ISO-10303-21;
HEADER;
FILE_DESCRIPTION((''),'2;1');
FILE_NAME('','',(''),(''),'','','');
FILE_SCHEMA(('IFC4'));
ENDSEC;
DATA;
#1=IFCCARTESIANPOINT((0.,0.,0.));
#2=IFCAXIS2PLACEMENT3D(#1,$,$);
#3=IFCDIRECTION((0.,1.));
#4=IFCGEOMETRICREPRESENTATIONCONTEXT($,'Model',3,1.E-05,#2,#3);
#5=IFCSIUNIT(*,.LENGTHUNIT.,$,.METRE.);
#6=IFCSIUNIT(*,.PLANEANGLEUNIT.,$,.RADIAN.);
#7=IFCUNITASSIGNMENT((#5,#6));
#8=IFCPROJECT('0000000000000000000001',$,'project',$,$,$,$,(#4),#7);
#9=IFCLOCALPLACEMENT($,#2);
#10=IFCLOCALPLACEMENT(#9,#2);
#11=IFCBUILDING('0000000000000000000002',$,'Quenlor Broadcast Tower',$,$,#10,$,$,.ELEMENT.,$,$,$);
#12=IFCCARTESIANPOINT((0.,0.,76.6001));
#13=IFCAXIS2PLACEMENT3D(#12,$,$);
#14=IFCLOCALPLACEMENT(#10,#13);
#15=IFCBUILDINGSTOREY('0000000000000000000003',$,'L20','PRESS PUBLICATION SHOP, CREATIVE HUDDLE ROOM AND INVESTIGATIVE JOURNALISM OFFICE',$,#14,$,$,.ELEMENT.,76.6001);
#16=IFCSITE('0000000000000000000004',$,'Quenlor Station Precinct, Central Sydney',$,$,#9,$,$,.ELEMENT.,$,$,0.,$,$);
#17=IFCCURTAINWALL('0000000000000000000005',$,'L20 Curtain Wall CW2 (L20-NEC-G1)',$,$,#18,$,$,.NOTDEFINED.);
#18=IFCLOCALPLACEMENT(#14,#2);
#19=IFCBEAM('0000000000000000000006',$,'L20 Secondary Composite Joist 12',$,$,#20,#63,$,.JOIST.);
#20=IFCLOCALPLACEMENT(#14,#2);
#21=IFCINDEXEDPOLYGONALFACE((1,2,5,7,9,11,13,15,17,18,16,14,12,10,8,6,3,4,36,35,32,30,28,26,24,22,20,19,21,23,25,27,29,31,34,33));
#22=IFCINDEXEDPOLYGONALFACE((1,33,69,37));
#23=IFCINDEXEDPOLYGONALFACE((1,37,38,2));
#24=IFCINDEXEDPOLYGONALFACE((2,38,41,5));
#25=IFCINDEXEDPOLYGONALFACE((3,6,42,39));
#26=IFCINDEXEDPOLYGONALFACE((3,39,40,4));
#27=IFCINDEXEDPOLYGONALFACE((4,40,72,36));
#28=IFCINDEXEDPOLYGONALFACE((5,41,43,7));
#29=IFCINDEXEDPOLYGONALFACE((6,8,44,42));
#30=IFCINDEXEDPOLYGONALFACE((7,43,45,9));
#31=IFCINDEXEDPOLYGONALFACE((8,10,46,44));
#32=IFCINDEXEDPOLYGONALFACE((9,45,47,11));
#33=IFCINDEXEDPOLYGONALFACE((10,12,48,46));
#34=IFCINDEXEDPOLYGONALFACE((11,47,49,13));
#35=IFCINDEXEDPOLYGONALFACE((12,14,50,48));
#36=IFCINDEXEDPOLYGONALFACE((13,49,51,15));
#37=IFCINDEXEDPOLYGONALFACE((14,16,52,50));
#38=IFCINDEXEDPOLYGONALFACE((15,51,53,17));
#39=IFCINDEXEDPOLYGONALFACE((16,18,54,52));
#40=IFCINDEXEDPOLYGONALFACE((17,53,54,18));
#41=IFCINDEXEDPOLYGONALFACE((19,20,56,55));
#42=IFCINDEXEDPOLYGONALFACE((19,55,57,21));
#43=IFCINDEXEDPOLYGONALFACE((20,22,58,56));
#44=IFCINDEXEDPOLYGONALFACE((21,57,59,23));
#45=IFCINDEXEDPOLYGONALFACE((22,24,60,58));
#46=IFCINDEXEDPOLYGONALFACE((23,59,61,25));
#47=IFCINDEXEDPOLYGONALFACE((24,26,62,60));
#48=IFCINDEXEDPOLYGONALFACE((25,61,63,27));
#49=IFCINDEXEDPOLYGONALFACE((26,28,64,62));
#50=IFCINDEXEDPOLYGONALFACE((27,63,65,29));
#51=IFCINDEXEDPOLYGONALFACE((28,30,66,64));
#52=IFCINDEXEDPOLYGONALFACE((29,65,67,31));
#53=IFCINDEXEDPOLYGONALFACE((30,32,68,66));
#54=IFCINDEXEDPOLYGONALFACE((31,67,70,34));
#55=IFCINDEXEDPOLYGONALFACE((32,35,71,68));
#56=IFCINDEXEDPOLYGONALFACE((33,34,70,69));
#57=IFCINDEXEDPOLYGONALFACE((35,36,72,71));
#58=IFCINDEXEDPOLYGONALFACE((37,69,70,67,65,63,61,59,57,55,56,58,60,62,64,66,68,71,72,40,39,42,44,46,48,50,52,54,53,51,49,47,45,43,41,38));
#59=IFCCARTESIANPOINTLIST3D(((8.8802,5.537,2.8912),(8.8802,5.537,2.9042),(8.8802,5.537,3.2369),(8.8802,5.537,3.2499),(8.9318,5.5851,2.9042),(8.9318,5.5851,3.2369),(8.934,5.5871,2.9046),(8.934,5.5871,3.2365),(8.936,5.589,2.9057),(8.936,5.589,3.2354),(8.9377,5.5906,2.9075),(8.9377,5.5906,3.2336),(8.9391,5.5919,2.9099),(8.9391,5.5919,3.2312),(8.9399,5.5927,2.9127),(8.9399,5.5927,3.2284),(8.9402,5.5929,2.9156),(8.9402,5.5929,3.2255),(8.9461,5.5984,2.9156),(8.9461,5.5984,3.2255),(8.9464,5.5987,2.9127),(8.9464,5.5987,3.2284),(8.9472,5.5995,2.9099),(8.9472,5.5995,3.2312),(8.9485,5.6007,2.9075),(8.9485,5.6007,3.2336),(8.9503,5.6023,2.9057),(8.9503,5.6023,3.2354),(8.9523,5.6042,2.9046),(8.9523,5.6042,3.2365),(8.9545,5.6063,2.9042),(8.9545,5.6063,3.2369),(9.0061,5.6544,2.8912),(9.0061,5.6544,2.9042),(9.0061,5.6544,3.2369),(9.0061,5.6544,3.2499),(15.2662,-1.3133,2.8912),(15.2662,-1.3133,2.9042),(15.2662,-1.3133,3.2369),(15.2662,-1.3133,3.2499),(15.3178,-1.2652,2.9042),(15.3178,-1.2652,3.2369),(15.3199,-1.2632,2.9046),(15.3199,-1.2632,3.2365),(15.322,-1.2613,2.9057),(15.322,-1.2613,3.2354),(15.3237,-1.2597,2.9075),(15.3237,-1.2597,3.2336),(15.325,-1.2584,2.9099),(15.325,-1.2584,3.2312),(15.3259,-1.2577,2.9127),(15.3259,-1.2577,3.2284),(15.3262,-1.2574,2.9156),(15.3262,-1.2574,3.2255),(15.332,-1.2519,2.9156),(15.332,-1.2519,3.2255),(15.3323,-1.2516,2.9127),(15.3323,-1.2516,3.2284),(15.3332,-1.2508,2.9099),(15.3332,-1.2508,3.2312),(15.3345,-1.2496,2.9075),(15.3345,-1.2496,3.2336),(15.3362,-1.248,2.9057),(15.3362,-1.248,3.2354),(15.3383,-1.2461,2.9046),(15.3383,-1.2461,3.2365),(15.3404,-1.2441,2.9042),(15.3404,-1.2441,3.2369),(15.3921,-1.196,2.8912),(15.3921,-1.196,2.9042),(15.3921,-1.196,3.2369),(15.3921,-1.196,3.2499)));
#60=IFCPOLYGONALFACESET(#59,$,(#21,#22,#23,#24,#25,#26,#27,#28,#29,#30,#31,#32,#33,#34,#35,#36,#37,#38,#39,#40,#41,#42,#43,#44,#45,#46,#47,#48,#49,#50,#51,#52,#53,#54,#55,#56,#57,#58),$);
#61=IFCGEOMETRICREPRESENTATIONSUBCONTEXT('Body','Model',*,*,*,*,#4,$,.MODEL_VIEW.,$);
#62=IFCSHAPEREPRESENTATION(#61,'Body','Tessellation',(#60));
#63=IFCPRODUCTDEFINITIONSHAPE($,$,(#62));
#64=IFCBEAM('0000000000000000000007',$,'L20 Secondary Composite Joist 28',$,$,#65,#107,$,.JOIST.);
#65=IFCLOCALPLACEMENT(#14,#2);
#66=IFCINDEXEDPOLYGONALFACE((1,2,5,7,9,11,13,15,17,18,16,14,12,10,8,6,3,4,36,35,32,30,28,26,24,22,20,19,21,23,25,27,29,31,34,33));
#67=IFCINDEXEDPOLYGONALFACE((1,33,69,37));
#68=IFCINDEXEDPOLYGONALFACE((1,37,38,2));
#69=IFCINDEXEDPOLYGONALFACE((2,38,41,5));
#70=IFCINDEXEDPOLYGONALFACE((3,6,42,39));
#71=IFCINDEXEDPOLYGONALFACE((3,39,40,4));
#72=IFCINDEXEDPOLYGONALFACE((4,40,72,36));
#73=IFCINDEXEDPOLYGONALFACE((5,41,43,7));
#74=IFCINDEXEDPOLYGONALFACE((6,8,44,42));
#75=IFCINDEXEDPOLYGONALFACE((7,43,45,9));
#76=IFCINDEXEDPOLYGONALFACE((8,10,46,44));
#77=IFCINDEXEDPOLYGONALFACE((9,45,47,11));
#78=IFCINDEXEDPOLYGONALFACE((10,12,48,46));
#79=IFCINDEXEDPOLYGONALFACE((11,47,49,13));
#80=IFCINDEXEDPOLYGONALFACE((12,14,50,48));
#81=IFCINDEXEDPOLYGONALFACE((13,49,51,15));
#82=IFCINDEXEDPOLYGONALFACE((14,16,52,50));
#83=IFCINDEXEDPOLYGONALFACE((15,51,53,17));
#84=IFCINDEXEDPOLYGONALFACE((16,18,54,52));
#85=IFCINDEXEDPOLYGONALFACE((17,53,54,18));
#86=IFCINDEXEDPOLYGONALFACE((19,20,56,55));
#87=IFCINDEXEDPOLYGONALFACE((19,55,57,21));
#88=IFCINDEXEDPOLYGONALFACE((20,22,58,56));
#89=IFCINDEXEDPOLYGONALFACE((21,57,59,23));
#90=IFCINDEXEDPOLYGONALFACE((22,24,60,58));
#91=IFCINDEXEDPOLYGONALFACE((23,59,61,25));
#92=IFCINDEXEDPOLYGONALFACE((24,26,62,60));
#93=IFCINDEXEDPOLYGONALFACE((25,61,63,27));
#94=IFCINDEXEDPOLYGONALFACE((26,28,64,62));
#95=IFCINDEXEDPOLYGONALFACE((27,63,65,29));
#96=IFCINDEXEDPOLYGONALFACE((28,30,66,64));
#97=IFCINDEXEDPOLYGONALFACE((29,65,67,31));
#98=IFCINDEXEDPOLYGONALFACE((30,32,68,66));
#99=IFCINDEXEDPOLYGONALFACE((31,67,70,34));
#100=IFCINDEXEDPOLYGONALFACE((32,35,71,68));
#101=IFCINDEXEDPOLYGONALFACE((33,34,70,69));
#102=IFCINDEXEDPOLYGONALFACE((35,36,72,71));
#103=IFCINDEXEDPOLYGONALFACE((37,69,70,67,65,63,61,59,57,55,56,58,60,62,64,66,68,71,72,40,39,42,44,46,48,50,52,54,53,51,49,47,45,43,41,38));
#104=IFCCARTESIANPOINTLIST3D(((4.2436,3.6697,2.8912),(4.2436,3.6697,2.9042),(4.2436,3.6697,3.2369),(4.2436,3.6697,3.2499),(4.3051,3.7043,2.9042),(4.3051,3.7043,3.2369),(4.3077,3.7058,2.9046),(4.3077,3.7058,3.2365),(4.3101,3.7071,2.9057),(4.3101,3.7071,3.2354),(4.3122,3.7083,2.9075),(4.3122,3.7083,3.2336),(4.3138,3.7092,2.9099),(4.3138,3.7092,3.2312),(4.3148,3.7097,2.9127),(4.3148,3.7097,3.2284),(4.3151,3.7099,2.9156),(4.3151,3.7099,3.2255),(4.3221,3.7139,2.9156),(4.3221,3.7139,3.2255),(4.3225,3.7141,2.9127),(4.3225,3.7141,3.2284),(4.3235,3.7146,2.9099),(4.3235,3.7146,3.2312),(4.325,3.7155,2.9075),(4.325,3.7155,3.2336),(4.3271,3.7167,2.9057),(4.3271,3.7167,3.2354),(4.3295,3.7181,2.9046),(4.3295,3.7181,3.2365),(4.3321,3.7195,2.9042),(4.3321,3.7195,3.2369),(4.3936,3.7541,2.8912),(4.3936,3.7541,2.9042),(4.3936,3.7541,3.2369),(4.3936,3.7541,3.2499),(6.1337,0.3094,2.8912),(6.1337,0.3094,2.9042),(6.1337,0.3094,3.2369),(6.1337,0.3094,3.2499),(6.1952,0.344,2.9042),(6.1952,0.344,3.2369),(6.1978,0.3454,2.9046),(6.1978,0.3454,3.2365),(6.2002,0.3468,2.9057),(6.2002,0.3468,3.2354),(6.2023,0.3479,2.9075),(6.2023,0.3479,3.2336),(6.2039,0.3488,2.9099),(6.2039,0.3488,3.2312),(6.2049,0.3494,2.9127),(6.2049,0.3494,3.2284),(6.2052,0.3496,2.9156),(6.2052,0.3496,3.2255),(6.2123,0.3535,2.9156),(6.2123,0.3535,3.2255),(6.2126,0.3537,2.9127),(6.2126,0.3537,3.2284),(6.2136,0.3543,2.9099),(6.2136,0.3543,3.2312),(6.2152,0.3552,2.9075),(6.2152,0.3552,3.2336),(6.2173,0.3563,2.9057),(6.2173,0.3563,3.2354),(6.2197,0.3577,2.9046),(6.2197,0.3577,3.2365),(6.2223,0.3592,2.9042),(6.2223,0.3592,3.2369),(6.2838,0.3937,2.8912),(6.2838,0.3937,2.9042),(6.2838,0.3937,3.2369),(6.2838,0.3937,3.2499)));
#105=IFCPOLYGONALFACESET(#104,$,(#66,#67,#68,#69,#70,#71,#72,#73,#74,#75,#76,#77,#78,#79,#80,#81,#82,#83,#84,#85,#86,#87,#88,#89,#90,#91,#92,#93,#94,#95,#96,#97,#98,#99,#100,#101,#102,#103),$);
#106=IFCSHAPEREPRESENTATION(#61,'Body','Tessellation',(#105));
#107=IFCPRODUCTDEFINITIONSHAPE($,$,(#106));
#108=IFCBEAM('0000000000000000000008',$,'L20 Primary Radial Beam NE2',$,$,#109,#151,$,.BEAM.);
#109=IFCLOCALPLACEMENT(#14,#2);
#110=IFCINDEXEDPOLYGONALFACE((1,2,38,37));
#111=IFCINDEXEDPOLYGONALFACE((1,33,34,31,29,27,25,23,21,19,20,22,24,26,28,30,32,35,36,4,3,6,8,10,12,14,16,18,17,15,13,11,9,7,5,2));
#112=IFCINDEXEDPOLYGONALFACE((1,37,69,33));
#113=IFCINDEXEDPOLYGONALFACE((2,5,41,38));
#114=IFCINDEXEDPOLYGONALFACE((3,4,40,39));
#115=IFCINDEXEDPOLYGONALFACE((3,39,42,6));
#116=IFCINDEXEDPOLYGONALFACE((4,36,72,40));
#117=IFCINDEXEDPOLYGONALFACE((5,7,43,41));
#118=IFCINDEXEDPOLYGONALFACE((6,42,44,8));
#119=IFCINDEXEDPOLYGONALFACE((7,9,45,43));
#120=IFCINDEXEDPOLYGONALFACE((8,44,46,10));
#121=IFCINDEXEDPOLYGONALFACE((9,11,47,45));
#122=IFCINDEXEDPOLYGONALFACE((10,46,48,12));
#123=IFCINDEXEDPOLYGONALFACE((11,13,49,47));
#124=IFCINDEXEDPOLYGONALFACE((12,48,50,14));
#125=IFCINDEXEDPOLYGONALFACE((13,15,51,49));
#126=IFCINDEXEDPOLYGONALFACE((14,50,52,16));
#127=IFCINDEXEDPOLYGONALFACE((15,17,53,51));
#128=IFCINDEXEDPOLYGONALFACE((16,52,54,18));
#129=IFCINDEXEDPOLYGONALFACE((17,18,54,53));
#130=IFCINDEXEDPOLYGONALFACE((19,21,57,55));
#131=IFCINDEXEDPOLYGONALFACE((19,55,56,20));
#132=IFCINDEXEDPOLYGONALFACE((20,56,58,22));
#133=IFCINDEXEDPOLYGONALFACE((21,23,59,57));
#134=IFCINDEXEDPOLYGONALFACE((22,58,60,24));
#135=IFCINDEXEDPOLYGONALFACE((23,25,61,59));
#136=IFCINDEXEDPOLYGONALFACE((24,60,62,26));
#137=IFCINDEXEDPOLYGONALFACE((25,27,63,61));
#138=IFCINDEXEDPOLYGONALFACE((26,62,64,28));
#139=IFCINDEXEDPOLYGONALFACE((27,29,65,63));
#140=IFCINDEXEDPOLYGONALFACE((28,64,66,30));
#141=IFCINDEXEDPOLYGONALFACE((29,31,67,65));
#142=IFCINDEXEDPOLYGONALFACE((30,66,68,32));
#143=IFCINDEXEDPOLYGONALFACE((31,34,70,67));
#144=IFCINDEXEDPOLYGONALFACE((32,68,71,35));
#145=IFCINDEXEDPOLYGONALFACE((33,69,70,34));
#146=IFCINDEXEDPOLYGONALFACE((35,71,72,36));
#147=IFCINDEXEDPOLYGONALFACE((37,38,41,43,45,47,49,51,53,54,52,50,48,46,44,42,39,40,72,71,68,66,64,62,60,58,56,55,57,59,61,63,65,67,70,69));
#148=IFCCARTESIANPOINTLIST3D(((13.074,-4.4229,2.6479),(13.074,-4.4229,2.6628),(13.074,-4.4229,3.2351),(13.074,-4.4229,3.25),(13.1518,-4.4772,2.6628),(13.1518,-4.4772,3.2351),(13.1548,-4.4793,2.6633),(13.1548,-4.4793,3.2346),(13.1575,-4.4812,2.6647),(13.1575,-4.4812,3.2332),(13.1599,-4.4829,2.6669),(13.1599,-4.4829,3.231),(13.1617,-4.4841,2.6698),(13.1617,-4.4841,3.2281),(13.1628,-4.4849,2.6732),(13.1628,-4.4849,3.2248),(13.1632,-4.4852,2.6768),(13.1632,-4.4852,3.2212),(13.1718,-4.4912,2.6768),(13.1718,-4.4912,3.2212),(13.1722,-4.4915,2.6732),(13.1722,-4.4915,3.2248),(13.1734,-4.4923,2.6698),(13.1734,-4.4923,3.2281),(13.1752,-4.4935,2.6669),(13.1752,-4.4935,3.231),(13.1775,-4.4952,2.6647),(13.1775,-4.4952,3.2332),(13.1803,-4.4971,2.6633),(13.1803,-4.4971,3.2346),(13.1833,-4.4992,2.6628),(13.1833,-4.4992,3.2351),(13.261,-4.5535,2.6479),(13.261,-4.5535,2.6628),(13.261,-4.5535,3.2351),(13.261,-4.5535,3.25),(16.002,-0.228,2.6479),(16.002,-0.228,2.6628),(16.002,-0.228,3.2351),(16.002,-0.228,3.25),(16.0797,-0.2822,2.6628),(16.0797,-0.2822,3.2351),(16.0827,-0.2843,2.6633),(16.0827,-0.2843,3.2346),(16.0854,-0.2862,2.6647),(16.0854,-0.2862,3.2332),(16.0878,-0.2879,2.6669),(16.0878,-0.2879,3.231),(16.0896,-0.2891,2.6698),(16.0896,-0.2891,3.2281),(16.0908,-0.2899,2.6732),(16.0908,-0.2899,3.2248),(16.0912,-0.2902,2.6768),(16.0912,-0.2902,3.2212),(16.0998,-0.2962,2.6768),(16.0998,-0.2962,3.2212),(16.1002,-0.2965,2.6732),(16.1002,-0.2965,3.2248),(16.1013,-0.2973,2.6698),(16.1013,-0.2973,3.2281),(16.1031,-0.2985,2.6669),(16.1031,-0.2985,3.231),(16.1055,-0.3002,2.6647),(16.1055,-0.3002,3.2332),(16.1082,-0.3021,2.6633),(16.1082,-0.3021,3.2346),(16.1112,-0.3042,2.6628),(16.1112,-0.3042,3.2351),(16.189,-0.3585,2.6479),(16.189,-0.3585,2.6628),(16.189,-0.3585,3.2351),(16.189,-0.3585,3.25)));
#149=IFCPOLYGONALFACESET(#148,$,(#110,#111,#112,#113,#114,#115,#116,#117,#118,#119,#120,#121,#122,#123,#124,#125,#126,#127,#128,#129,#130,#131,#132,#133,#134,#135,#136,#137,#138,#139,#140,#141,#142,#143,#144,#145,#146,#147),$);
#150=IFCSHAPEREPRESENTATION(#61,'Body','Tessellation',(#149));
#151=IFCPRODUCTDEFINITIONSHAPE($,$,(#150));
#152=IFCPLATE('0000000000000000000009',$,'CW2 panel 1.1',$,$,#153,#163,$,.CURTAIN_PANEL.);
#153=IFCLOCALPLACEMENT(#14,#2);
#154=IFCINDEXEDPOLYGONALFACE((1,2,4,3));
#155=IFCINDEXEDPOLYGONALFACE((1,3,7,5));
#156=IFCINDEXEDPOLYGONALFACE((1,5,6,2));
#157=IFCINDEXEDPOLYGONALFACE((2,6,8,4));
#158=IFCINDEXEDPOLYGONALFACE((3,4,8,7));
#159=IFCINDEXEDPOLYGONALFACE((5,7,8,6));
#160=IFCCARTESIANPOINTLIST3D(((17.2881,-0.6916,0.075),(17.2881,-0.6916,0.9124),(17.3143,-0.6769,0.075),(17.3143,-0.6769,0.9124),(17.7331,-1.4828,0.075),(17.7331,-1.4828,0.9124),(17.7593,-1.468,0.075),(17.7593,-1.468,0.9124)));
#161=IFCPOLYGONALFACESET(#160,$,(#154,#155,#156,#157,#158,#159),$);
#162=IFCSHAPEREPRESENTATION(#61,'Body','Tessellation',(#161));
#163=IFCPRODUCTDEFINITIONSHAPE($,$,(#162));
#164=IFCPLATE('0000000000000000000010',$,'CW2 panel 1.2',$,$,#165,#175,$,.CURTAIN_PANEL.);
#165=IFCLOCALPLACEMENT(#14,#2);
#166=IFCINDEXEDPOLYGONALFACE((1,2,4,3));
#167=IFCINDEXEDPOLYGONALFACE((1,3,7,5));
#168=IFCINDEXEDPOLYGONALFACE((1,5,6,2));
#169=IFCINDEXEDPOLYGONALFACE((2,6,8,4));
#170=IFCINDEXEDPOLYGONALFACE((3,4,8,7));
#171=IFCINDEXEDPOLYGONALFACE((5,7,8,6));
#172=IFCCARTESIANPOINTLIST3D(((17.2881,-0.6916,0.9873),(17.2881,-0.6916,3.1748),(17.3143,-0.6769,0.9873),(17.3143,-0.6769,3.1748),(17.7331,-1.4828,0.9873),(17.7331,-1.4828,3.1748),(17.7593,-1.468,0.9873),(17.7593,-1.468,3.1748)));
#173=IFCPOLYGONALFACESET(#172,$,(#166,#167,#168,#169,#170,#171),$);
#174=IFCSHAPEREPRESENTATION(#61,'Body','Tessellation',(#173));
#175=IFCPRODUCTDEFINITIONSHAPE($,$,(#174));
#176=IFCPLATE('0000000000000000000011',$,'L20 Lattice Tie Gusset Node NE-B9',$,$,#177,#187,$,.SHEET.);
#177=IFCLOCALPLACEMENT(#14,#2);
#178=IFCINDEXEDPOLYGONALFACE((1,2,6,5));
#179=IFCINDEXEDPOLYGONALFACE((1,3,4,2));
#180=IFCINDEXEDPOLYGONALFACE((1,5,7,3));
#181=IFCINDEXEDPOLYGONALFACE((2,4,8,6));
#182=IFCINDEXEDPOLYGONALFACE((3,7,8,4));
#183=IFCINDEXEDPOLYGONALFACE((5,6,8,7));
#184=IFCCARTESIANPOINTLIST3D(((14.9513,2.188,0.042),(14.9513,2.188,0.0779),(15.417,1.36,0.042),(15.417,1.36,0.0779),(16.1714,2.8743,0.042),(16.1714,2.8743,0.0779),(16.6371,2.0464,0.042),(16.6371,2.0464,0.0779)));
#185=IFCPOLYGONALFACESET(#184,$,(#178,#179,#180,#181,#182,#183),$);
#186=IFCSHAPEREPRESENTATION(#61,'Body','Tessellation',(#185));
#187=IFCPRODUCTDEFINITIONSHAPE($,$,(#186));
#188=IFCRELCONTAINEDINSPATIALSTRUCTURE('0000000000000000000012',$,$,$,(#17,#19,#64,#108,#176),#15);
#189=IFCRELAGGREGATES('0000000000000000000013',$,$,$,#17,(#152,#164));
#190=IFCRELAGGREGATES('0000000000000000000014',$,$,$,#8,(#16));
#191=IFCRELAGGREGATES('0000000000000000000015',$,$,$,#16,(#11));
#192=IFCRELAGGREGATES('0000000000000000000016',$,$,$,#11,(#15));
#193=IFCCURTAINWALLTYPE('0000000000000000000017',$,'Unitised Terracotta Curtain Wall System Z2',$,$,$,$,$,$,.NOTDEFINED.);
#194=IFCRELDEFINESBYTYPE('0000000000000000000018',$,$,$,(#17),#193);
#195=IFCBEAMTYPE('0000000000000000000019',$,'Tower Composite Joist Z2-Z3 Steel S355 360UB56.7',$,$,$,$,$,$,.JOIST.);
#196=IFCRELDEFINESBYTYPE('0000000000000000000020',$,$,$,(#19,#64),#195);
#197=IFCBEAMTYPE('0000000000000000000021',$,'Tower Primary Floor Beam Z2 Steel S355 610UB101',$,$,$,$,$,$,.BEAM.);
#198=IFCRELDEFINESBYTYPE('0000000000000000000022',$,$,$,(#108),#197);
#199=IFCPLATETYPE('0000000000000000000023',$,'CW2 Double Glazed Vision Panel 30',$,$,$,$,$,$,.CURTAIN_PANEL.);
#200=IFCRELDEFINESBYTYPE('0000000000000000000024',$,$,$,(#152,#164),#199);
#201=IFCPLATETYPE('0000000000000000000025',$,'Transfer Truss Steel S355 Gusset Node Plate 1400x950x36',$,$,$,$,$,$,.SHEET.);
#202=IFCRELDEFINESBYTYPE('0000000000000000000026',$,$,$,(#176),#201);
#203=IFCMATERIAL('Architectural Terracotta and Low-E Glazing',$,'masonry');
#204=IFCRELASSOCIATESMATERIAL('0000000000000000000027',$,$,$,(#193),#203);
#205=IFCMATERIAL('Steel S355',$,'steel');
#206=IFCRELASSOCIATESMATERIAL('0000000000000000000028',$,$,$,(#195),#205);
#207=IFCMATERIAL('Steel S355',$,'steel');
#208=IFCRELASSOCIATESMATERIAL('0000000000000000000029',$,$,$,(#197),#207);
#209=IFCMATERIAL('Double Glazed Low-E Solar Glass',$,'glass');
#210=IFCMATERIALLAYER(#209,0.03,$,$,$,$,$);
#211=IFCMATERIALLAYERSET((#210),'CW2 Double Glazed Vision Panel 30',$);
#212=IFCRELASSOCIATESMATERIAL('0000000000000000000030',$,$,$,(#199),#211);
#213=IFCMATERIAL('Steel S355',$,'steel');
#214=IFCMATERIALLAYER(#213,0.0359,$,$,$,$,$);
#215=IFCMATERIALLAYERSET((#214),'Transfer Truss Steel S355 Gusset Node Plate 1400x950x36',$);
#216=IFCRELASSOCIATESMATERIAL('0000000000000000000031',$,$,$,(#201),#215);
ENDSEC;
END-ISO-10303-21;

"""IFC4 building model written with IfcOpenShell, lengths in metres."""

from ifc_helpers import new_model, si_unit, direction, frame, origin, origin_2d, place, context, subcontext, project, spatial, rectangle, i_section, extrude, material, layer, layer_set, material_profile, profile_set, type_object, element, aggregate, save


model = new_model("IFC4")

# Units and contexts
model_context = context("Model", 3, precision=1e-05, world=origin(), true_north=direction((0.0, 1.0)))
body_context = subcontext(model_context, "Body", "Model", "MODEL_VIEW")
ifc_project = project(units=[si_unit("LENGTHUNIT", "METRE"), si_unit("PLANEANGLEUNIT", "RADIAN")], contexts=[model_context])

# Site, building, storey
site_placement = place(None, origin())
site = spatial("IfcSite", under=ifc_project, at=site_placement, Name="Quenlor Station Precinct, Central Sydney", CompositionType="ELEMENT", RefElevation=0.0)
building_placement = place(site_placement, origin())
building = spatial("IfcBuilding", under=site, at=building_placement, Name="Quenlor Broadcast Tower", CompositionType="ELEMENT")
storey_placement = place(building_placement, frame((0.0, 0.0, 76.6001)))
storey = spatial("IfcBuildingStorey", under=building, at=storey_placement, Name="L20", Description="PRESS PUBLICATION SHOP, CREATIVE HUDDLE ROOM AND INVESTIGATIVE JOURNALISM OFFICE", CompositionType="ELEMENT", Elevation=76.6001)

# Curtain wall
ifc_material_1 = material(Name="Architectural Terracotta and Low-E Glazing", Category="masonry")
curtain_wall_type = type_object("IfcCurtainWallType", Name="Unitised Terracotta Curtain Wall System Z2", PredefinedType="NOTDEFINED", material=ifc_material_1)
curtain_wall_placement = place(storey_placement, origin())
curtain_wall = element("IfcCurtainWall", 1, at=curtain_wall_placement, inside=storey, type_object=curtain_wall_type, Name="L20 Curtain Wall CW2 (L20-NEC-G1)", PredefinedType="NOTDEFINED")

# Beams
ifc_material_2 = material(Name="Steel S355", Category="steel")
ifc_material_profile_1 = material_profile(ifc_material_2, i_section(OverallWidth=0.1721, OverallDepth=0.3586, WebThickness=0.0081, FlangeThickness=0.0129, FilletRadius=0.0115, at=origin_2d()))
ifc_profile_set_1 = profile_set([ifc_material_profile_1], Name="Steel S355 360UB56.7")
beam_type_1 = type_object("IfcBeamType", Name="Tower Composite Joist Z2-Z3 Steel S355 360UB56.7", PredefinedType="JOIST", material=ifc_profile_set_1)
beam_1_placement = place(storey_placement, frame((15.3291, -1.2546, 3.0706), z_axis=(-0.681881, 0.731463, 0.0), x_axis=(-0.731463, -0.681881, 0.0)))
element("IfcBeam", 2, at=beam_1_placement, inside=storey, type_object=beam_type_1, Name="L20 Secondary Composite Joist 12", PredefinedType="JOIST", context=body_context, shape_type="SweptSolid", body=[
    extrude(i_section(OverallWidth=0.1721, OverallDepth=0.3586, WebThickness=0.0081, FlangeThickness=0.0129, FilletRadius=0.0115, at=origin_2d()), origin(), (0.0, 0.0, 1.0), 9.3652),
])
beam_2_placement = place(storey_placement, frame((4.3186, 3.7119, 3.0706), z_axis=(0.490249, -0.871582, 0.0), x_axis=(0.871582, 0.490249, 0.0)))
element("IfcBeam", 3, at=beam_2_placement, inside=storey, type_object=beam_type_1, Name="L20 Secondary Composite Joist 28", PredefinedType="JOIST", context=body_context, shape_type="SweptSolid", body=[
    extrude(i_section(OverallWidth=0.1721, OverallDepth=0.3586, WebThickness=0.0081, FlangeThickness=0.0129, FilletRadius=0.0115, at=origin_2d()), origin(), (0.0, 0.0, 1.0), 3.8555),
])
ifc_material_3 = material(Name="Steel S355", Category="steel")
ifc_material_profile_2 = material_profile(ifc_material_3, i_section(OverallWidth=0.228, OverallDepth=0.6021, WebThickness=0.0105, FlangeThickness=0.0149, FilletRadius=0.0139, at=origin_2d()))
ifc_profile_set_2 = profile_set([ifc_material_profile_2], Name="Steel S355 610UB101")
beam_type_2 = type_object("IfcBeamType", Name="Tower Primary Floor Beam Z2 Steel S355 610UB101", PredefinedType="BEAM", material=ifc_profile_set_2)
beam_3_placement = place(storey_placement, frame((16.0955, -0.2932, 2.949), z_axis=(-0.572338, -0.820018, 0.0), x_axis=(0.820018, -0.572338, 0.0)))
element("IfcBeam", 4, at=beam_3_placement, inside=storey, type_object=beam_type_2, Name="L20 Primary Radial Beam NE2", PredefinedType="BEAM", context=body_context, shape_type="SweptSolid", body=[
    extrude(i_section(OverallWidth=0.228, OverallDepth=0.6021, WebThickness=0.0105, FlangeThickness=0.0149, FilletRadius=0.0139, at=origin_2d()), origin(), (0.0, 0.0, 1.0), 5.1157),
])

# Plates
ifc_material_4 = material(Name="Double Glazed Low-E Solar Glass", Category="glass")
ifc_layer_1 = layer(ifc_material_4, 0.03)
ifc_layer_set_1 = layer_set([ifc_layer_1], Name="CW2 Double Glazed Vision Panel 30")
plate_type_1 = type_object("IfcPlateType", Name="CW2 Double Glazed Vision Panel 30", PredefinedType="CURTAIN_PANEL", material=ifc_layer_set_1)
plate_1_placement = place(storey_placement, frame((17.5237, -1.0798, 0.075), z_axis=(0.0, 0.0, 1.0), x_axis=(0.490252, -0.871581, 0.0)))
plate_1 = element("IfcPlate", 5, at=plate_1_placement, type_object=plate_type_1, Name="CW2 panel 1.1", PredefinedType="CURTAIN_PANEL", context=body_context, shape_type="SweptSolid", body=[
    extrude(rectangle(XDim=0.9077, YDim=0.03, at=origin_2d()), origin(), (0.0, 0.0, 1.0), 0.8374),
])
plate_2_placement = place(storey_placement, frame((17.5237, -1.0798, 0.9873), z_axis=(0.0, 0.0, 1.0), x_axis=(0.490252, -0.871581, 0.0)))
plate_2 = element("IfcPlate", 6, at=plate_2_placement, type_object=plate_type_1, Name="CW2 panel 1.2", PredefinedType="CURTAIN_PANEL", context=body_context, shape_type="SweptSolid", body=[
    extrude(rectangle(XDim=0.9077, YDim=0.03, at=origin_2d()), origin(), (0.0, 0.0, 1.0), 2.1875),
])
aggregate(curtain_wall, [plate_1, plate_2])

# Plate
ifc_material_5 = material(Name="Steel S355", Category="steel")
ifc_layer_2 = layer(ifc_material_5, 0.0359)
ifc_layer_set_2 = layer_set([ifc_layer_2], Name="Transfer Truss Steel S355 Gusset Node Plate 1400x950x36")
plate_type_2 = type_object("IfcPlateType", Name="Transfer Truss Steel S355 Gusset Node Plate 1400x950x36", PredefinedType="SHEET", material=ifc_layer_set_2)
for number, where, z_axis, x_axis, name in (
    (7, (15.7942, 2.1172, 0.042), (0.0, 0.0, 1.0), (0.871556, 0.490295, 0.0), "L20 Lattice Tie Gusset Node NE-B9"),
):
    element("IfcPlate", number, at=place(storey_placement, frame(where, z_axis=z_axis, x_axis=x_axis)), inside=storey, type_object=plate_type_2, Name=name, PredefinedType="SHEET", context=body_context, shape_type="SweptSolid", body=[
        extrude(rectangle(XDim=1.3999, YDim=0.95, at=origin_2d()), origin(), (0.0, 0.0, 1.0), 0.0359),
    ])

save(model, "model.ifc")
